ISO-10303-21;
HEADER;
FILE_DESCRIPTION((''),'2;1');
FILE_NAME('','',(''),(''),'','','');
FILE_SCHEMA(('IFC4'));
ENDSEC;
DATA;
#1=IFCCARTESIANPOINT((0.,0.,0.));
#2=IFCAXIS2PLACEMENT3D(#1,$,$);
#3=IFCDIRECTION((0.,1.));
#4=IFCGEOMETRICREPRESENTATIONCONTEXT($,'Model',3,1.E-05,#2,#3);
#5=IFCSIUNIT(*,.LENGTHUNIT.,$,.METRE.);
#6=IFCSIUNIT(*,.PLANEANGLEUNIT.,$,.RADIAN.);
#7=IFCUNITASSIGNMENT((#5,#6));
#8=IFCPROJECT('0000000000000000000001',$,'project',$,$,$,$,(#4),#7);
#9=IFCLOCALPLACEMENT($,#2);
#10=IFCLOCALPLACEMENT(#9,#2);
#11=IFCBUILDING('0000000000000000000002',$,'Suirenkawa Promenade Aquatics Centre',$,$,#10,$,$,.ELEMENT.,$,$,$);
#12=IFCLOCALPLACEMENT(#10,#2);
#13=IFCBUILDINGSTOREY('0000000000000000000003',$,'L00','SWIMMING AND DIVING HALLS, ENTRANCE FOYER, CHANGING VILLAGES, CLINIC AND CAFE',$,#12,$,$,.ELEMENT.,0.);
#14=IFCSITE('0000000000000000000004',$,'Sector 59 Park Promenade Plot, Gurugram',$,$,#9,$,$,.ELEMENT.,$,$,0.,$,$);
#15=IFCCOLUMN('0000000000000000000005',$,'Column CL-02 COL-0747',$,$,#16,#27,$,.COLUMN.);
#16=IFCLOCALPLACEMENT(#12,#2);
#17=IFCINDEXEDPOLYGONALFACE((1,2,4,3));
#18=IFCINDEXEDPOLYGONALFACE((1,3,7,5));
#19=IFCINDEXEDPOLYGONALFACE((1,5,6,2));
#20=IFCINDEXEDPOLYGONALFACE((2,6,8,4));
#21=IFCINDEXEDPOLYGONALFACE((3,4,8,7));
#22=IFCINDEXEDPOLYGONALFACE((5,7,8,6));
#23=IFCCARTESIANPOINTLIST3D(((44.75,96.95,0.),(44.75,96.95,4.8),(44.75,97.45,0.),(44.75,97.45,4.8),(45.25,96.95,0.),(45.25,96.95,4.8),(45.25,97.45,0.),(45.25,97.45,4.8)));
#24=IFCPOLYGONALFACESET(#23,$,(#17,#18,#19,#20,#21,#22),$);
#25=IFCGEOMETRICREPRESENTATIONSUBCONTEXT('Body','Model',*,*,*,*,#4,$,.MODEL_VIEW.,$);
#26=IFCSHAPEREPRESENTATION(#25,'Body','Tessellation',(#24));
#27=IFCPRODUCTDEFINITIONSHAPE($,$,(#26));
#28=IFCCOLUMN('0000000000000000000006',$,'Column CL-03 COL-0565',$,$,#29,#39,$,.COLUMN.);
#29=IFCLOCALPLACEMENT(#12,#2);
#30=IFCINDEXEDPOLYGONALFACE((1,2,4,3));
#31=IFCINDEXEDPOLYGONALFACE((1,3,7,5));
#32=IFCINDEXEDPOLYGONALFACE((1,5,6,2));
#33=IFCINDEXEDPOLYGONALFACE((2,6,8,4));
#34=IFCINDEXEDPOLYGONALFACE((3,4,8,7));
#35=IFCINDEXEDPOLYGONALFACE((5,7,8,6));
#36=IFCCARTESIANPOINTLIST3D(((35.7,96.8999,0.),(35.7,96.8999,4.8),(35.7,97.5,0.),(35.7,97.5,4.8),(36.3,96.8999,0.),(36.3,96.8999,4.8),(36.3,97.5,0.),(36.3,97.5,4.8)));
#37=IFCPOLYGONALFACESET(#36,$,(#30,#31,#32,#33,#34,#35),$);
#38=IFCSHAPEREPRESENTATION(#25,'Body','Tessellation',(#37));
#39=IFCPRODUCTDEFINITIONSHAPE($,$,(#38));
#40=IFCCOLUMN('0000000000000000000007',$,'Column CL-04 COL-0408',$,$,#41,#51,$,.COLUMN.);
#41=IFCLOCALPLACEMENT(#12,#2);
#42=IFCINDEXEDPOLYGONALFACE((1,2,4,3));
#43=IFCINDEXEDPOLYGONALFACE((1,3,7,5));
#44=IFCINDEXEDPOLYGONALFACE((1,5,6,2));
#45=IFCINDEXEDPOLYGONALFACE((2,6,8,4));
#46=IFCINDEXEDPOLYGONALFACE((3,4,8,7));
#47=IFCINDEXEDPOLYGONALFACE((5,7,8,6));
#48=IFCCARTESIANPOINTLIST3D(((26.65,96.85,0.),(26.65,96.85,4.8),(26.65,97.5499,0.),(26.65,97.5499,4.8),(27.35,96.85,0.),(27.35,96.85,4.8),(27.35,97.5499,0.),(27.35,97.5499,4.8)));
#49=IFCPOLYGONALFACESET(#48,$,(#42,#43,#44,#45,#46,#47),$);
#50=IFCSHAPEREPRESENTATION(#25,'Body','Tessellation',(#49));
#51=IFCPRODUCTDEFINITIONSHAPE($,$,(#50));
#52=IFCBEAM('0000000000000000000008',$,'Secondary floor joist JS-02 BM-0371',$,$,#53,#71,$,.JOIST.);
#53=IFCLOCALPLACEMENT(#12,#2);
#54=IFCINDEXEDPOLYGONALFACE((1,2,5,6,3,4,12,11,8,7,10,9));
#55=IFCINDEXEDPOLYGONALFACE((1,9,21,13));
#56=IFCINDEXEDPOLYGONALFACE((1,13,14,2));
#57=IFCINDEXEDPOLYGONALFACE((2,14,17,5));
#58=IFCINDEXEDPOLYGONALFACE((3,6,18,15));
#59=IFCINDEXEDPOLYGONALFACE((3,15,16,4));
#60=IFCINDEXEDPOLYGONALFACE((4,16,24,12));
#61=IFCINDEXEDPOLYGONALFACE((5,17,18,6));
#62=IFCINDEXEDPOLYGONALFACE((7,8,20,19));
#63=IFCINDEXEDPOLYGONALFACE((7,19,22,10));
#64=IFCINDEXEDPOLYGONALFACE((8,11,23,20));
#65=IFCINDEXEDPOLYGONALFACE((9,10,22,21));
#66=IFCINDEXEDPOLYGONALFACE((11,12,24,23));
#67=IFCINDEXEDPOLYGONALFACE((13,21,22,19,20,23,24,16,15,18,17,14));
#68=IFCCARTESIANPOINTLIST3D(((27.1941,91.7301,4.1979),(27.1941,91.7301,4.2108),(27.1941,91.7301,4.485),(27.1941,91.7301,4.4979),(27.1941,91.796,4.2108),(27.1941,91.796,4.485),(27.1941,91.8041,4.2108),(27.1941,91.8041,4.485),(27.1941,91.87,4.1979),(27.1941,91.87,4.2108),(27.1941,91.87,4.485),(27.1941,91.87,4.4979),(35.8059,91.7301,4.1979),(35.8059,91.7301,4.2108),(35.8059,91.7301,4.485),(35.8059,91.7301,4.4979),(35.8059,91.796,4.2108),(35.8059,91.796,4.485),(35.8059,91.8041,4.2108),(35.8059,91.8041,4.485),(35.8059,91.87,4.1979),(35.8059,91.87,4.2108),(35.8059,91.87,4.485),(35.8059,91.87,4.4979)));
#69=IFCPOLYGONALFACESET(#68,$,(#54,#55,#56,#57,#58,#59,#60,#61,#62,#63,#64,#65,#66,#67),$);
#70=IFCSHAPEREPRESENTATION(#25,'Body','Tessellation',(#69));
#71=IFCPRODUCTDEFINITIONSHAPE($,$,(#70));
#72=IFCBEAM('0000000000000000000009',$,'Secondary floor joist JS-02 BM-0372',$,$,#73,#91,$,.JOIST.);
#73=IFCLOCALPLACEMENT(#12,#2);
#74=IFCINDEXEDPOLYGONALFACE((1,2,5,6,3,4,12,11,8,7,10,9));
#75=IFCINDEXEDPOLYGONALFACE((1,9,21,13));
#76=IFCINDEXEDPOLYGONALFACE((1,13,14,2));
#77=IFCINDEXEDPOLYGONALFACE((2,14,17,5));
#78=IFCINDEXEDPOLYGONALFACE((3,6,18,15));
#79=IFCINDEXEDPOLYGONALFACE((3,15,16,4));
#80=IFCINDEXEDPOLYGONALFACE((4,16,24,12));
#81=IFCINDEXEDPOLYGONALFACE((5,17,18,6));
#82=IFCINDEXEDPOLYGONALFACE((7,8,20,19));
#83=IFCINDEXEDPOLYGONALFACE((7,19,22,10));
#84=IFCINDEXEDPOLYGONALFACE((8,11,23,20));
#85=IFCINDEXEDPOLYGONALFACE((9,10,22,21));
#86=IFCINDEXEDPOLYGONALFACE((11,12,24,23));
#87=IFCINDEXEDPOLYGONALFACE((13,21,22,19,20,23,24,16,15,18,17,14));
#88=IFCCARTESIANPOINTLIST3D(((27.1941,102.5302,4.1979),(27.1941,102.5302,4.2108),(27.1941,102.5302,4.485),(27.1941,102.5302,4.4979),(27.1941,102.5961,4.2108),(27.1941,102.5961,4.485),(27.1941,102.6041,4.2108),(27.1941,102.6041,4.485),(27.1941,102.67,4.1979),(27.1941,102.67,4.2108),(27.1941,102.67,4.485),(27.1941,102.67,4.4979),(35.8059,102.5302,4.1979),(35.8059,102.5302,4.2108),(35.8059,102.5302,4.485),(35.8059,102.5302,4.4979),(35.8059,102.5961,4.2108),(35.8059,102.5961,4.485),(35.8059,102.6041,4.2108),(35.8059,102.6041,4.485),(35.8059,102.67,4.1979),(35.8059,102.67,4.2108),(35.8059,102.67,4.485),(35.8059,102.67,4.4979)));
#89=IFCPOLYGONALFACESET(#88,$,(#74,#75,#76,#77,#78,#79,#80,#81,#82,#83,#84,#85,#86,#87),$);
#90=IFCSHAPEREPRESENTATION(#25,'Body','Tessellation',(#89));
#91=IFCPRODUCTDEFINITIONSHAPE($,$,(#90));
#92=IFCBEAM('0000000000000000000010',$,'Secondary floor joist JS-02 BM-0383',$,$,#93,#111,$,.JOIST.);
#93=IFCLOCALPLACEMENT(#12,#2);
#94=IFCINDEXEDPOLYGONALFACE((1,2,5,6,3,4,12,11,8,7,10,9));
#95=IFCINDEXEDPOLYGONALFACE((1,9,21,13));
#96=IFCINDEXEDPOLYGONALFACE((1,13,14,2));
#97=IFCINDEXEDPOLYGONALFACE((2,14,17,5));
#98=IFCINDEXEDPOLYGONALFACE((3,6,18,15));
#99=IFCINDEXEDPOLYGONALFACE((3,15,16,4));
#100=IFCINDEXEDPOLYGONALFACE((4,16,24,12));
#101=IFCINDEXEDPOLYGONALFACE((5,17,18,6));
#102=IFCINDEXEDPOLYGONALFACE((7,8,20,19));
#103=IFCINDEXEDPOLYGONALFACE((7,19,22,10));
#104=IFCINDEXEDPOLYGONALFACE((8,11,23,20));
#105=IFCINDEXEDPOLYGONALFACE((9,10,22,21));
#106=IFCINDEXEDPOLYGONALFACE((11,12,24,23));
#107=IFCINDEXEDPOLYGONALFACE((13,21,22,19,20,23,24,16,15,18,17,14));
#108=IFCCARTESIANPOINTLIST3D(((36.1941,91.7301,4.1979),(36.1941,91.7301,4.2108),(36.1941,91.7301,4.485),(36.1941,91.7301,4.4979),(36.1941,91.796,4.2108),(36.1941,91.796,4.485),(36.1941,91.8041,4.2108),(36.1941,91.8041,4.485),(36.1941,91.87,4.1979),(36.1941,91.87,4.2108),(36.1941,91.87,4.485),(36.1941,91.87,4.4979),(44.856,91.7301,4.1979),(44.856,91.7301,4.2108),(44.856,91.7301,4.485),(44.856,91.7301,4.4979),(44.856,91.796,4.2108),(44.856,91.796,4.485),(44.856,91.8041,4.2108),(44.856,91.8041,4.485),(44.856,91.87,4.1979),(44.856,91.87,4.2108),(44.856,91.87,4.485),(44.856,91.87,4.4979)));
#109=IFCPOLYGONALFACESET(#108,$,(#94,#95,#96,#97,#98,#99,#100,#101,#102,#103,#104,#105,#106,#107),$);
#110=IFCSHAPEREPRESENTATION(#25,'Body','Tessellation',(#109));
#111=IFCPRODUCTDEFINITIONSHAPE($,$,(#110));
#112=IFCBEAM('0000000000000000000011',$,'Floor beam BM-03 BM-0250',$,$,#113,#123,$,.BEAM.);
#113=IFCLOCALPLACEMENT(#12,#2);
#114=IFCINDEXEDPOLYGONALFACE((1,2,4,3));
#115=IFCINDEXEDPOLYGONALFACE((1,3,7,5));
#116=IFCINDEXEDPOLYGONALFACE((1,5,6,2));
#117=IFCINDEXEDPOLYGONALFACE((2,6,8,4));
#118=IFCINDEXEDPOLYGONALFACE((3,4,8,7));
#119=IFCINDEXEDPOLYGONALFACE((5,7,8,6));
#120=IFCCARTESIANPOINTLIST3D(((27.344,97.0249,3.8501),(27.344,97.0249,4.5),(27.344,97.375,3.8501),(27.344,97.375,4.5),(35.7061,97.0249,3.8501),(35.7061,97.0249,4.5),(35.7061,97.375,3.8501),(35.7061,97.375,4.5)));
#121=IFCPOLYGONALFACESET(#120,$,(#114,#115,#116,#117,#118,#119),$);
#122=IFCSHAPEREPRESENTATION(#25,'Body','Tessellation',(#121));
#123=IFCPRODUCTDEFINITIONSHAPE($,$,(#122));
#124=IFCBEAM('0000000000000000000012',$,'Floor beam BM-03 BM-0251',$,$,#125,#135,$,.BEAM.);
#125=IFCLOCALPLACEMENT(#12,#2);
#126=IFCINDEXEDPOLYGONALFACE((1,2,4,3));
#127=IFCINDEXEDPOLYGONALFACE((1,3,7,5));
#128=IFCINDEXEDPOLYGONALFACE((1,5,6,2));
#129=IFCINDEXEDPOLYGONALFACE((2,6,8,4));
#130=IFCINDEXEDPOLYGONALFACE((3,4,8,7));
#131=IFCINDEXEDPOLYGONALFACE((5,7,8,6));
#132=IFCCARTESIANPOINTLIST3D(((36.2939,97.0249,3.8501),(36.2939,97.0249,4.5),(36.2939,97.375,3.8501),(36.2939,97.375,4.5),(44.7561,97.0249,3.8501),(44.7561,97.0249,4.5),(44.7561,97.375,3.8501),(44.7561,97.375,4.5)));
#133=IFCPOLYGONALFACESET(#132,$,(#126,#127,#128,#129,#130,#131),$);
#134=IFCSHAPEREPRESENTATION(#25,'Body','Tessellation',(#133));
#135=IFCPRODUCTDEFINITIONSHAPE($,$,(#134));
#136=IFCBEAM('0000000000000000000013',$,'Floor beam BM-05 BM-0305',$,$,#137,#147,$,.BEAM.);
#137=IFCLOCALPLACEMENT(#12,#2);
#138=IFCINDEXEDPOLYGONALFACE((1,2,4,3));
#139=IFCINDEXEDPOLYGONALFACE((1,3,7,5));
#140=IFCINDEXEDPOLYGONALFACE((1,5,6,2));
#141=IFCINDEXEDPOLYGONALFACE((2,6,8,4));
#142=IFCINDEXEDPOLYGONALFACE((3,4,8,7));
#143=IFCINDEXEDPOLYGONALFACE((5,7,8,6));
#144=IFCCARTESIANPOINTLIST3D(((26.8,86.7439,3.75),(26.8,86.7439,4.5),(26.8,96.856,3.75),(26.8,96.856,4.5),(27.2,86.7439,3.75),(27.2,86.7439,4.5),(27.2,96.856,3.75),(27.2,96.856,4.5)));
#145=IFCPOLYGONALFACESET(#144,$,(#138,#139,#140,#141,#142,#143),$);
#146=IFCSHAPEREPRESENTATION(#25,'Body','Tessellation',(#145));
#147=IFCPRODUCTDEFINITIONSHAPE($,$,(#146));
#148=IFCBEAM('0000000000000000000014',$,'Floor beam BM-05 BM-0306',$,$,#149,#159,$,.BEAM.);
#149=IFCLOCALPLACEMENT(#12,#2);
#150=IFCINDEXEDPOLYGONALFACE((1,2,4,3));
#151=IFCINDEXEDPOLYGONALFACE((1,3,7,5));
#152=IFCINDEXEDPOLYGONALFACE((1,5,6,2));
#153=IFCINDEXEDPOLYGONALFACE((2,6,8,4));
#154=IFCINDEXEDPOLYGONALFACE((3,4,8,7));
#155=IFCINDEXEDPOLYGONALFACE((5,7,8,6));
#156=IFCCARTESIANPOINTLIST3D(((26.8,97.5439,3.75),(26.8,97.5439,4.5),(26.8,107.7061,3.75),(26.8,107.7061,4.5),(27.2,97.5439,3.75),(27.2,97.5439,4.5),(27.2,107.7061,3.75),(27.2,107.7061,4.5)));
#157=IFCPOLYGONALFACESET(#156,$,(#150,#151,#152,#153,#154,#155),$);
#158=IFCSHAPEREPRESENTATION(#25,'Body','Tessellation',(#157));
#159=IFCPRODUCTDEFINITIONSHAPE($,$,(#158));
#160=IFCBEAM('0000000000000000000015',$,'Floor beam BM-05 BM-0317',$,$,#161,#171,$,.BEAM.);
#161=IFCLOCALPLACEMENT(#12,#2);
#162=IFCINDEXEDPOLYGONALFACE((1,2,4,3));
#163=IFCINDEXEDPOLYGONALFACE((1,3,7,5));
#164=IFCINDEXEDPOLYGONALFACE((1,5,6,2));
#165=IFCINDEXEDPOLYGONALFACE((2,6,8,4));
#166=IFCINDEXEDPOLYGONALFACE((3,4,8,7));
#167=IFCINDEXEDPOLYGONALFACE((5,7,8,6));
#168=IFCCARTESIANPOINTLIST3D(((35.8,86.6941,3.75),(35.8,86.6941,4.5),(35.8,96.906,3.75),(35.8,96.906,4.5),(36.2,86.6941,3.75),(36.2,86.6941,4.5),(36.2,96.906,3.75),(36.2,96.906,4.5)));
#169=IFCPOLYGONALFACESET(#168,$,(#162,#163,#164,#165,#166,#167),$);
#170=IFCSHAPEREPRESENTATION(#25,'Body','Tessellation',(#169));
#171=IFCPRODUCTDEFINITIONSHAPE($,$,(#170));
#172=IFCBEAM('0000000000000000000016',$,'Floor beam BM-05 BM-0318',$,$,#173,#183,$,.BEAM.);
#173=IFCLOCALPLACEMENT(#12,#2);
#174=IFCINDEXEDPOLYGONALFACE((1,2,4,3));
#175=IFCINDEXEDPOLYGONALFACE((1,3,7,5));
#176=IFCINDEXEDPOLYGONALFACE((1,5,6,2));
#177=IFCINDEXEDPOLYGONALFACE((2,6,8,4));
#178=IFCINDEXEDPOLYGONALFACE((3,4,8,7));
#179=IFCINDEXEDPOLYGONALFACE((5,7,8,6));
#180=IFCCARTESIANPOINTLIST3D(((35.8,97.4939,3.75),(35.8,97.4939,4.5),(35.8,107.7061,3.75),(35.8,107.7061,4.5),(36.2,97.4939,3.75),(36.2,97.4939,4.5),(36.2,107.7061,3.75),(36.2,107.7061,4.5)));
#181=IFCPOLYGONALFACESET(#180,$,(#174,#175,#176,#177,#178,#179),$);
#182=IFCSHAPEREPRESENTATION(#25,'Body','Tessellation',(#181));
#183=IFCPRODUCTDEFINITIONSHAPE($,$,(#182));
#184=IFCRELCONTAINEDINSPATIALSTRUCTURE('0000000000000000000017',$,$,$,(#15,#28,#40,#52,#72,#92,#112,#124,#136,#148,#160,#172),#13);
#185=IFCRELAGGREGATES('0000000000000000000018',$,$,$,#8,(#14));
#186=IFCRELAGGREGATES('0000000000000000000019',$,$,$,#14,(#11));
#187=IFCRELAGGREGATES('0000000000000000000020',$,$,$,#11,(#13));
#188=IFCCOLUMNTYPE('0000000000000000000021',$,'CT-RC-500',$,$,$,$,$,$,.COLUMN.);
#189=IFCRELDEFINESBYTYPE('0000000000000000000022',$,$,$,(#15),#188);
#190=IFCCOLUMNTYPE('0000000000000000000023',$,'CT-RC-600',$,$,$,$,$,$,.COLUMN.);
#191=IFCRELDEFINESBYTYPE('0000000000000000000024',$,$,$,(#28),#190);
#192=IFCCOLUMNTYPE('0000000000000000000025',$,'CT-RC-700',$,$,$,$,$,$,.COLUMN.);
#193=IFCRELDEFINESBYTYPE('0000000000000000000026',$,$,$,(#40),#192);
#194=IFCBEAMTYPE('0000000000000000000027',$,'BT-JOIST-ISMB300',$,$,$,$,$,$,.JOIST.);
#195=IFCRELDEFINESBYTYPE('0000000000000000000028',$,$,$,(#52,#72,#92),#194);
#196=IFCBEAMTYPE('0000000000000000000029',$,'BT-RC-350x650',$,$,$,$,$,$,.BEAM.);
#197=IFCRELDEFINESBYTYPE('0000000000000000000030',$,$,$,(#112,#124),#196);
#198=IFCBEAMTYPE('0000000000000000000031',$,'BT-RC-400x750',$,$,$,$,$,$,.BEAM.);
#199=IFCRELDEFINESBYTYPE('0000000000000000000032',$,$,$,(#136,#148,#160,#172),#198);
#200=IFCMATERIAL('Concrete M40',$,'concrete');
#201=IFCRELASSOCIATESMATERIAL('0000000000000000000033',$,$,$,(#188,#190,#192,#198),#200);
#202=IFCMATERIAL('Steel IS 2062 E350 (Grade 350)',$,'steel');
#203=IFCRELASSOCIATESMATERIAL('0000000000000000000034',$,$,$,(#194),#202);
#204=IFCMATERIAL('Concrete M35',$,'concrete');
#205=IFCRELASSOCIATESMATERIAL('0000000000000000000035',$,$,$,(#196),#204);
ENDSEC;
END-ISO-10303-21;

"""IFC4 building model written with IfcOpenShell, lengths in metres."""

from ifc_helpers import new_model, si_unit, direction, frame, origin, origin_2d, place, context, subcontext, project, spatial, rectangle, i_section, extrude, material, material_profile, profile_set, type_object, element, save


model = new_model("IFC4")

# Units and contexts
model_context = context("Model", 3, precision=1e-05, world=origin(), true_north=direction((0.0, 1.0)))
body_context = subcontext(model_context, "Body", "Model", "MODEL_VIEW")
ifc_project = project(units=[si_unit("LENGTHUNIT", "METRE"), si_unit("PLANEANGLEUNIT", "RADIAN")], contexts=[model_context])

# Site, building, storey
site_placement = place(None, origin())
site = spatial("IfcSite", under=ifc_project, at=site_placement, Name="Sector 59 Park Promenade Plot, Gurugram", CompositionType="ELEMENT", RefElevation=0.0)
building_placement = place(site_placement, origin())
building = spatial("IfcBuilding", under=site, at=building_placement, Name="Suirenkawa Promenade Aquatics Centre", CompositionType="ELEMENT")
storey_placement = place(building_placement, origin())
storey = spatial("IfcBuildingStorey", under=building, at=storey_placement, Name="L00", Description="SWIMMING AND DIVING HALLS, ENTRANCE FOYER, CHANGING VILLAGES, CLINIC AND CAFE", CompositionType="ELEMENT", Elevation=0.0)

# Columns
ifc_material_1 = material(Name="Concrete M40", Category="concrete")
ifc_material_profile_1 = material_profile(ifc_material_1, rectangle(XDim=0.5, YDim=0.5, at=origin_2d()), Name="RC COL 500x500", Category="concrete")
ifc_profile_set_1 = profile_set([ifc_material_profile_1], Name="Concrete M40")
column_type_1 = type_object("IfcColumnType", Name="CT-RC-500", PredefinedType="COLUMN", material=ifc_profile_set_1)
column_1_placement = place(storey_placement, frame((45.0, 97.2, 0.0), z_axis=(0.0, 0.0, 1.0), x_axis=(1.0, 0.0, 0.0)))
element("IfcColumn", 1, at=column_1_placement, inside=storey, type_object=column_type_1, Name="Column CL-02 COL-0747", PredefinedType="COLUMN", context=body_context, shape_type="SweptSolid", body=[
    extrude(rectangle(XDim=0.5, YDim=0.5, at=origin_2d()), origin(), (0.0, 0.0, 1.0), 4.8),
])
ifc_material_profile_2 = material_profile(ifc_material_1, rectangle(XDim=0.6001, YDim=0.6001, at=origin_2d()), Name="RC COL 600x600", Category="concrete")
ifc_profile_set_2 = profile_set([ifc_material_profile_2], Name="Concrete M40")
column_type_2 = type_object("IfcColumnType", Name="CT-RC-600", PredefinedType="COLUMN", material=ifc_profile_set_2)
column_2_placement = place(storey_placement, frame((36.0, 97.2, 0.0), z_axis=(0.0, 0.0, 1.0), x_axis=(1.0, 0.0, 0.0)))
element("IfcColumn", 2, at=column_2_placement, inside=storey, type_object=column_type_2, Name="Column CL-03 COL-0565", PredefinedType="COLUMN", context=body_context, shape_type="SweptSolid", body=[
    extrude(rectangle(XDim=0.6001, YDim=0.6001, at=origin_2d()), origin(), (0.0, 0.0, 1.0), 4.8),
])
ifc_material_profile_3 = material_profile(ifc_material_1, rectangle(XDim=0.7, YDim=0.7, at=origin_2d()), Name="RC COL 700x700", Category="concrete")
ifc_profile_set_3 = profile_set([ifc_material_profile_3], Name="Concrete M40")
column_type_3 = type_object("IfcColumnType", Name="CT-RC-700", PredefinedType="COLUMN", material=ifc_profile_set_3)
column_3_placement = place(storey_placement, frame((27.0, 97.2, 0.0), z_axis=(0.0, 0.0, 1.0), x_axis=(1.0, 0.0, 0.0)))
element("IfcColumn", 3, at=column_3_placement, inside=storey, type_object=column_type_3, Name="Column CL-04 COL-0408", PredefinedType="COLUMN", context=body_context, shape_type="SweptSolid", body=[
    extrude(rectangle(XDim=0.7, YDim=0.7, at=origin_2d()), origin(), (0.0, 0.0, 1.0), 4.8),
])

# Beams
ifc_material_2 = material(Name="Steel IS 2062 E350 (Grade 350)", Category="steel")
ifc_material_profile_4 = material_profile(ifc_material_2, i_section(OverallWidth=0.1399, OverallDepth=0.3, WebThickness=0.0081, FlangeThickness=0.0129, at=origin_2d()), Name="ISMB 300", Category="steel")
ifc_profile_set_4 = profile_set([ifc_material_profile_4], Name="Steel IS 2062 E350 (Grade 350)")
beam_type_1 = type_object("IfcBeamType", Name="BT-JOIST-ISMB300", PredefinedType="JOIST", material=ifc_profile_set_4)
for number, where, z_axis, x_axis, name in (
    (4, (27.1941, 91.8, 4.3479), (1.0, 0.0, 0.0), (0.0, 1.0, 0.0), "Secondary floor joist JS-02 BM-0371"),
    (5, (27.1941, 102.6001, 4.3479), (1.0, 0.0, 0.0), (0.0, 1.0, 0.0), "Secondary floor joist JS-02 BM-0372"),
):
    element("IfcBeam", number, at=place(storey_placement, frame(where, z_axis=z_axis, x_axis=x_axis)), inside=storey, type_object=beam_type_1, Name=name, PredefinedType="JOIST", context=body_context, shape_type="SweptSolid", body=[
        extrude(i_section(OverallWidth=0.1399, OverallDepth=0.3, WebThickness=0.0081, FlangeThickness=0.0129, at=origin_2d()), origin(), (0.0, 0.0, 1.0), 8.6118),
    ])
beam_1_placement = place(storey_placement, frame((36.1941, 91.8, 4.3479), z_axis=(1.0, 0.0, 0.0), x_axis=(0.0, 1.0, 0.0)))
element("IfcBeam", 6, at=beam_1_placement, inside=storey, type_object=beam_type_1, Name="Secondary floor joist JS-02 BM-0383", PredefinedType="JOIST", context=body_context, shape_type="SweptSolid", body=[
    extrude(i_section(OverallWidth=0.1399, OverallDepth=0.3, WebThickness=0.0081, FlangeThickness=0.0129, at=origin_2d()), origin(), (0.0, 0.0, 1.0), 8.6619),
])
ifc_material_3 = material(Name="Concrete M35", Category="concrete")
ifc_material_profile_5 = material_profile(ifc_material_3, rectangle(XDim=0.3501, YDim=0.6499, at=origin_2d()), Name="RC BM 350x650", Category="concrete")
ifc_profile_set_5 = profile_set([ifc_material_profile_5], Name="Concrete M35")
beam_type_2 = type_object("IfcBeamType", Name="BT-RC-350x650", PredefinedType="BEAM", material=ifc_profile_set_5)
beam_2_placement = place(storey_placement, frame((27.344, 97.2, 4.175), z_axis=(1.0, 0.0, 0.0), x_axis=(0.0, 1.0, 0.0)))
element("IfcBeam", 7, at=beam_2_placement, inside=storey, type_object=beam_type_2, Name="Floor beam BM-03 BM-0250", PredefinedType="BEAM", context=body_context, shape_type="SweptSolid", body=[
    extrude(rectangle(XDim=0.3501, YDim=0.6499, at=origin_2d()), origin(), (0.0, 0.0, 1.0), 8.3621),
])
beam_3_placement = place(storey_placement, frame((36.2939, 97.2, 4.175), z_axis=(1.0, 0.0, 0.0), x_axis=(0.0, 1.0, 0.0)))
element("IfcBeam", 8, at=beam_3_placement, inside=storey, type_object=beam_type_2, Name="Floor beam BM-03 BM-0251", PredefinedType="BEAM", context=body_context, shape_type="SweptSolid", body=[
    extrude(rectangle(XDim=0.3501, YDim=0.6499, at=origin_2d()), origin(), (0.0, 0.0, 1.0), 8.4622),
])
ifc_material_profile_6 = material_profile(ifc_material_1, rectangle(XDim=0.3999, YDim=0.75, at=origin_2d()), Name="RC BM 400x750", Category="concrete")
ifc_profile_set_6 = profile_set([ifc_material_profile_6], Name="Concrete M40")
beam_type_3 = type_object("IfcBeamType", Name="BT-RC-400x750", PredefinedType="BEAM", material=ifc_profile_set_6)
beam_4_placement = place(storey_placement, frame((27.0, 86.7439, 4.125), z_axis=(0.0, 1.0, 0.0), x_axis=(-1.0, 0.0, 0.0)))
element("IfcBeam", 9, at=beam_4_placement, inside=storey, type_object=beam_type_3, Name="Floor beam BM-05 BM-0305", PredefinedType="BEAM", context=body_context, shape_type="SweptSolid", body=[
    extrude(rectangle(XDim=0.3999, YDim=0.75, at=origin_2d()), origin(), (0.0, 0.0, 1.0), 10.1121),
])
beam_5_placement = place(storey_placement, frame((27.0, 97.5439, 4.125), z_axis=(0.0, 1.0, 0.0), x_axis=(-1.0, 0.0, 0.0)))
element("IfcBeam", 10, at=beam_5_placement, inside=storey, type_object=beam_type_3, Name="Floor beam BM-05 BM-0306", PredefinedType="BEAM", context=body_context, shape_type="SweptSolid", body=[
    extrude(rectangle(XDim=0.3999, YDim=0.75, at=origin_2d()), origin(), (0.0, 0.0, 1.0), 10.1621),
])
beam_6_placement = place(storey_placement, frame((36.0, 86.6941, 4.125), z_axis=(0.0, 1.0, 0.0), x_axis=(-1.0, 0.0, 0.0)))
element("IfcBeam", 11, at=beam_6_placement, inside=storey, type_object=beam_type_3, Name="Floor beam BM-05 BM-0317", PredefinedType="BEAM", context=body_context, shape_type="SweptSolid", body=[
    extrude(rectangle(XDim=0.3999, YDim=0.75, at=origin_2d()), origin(), (0.0, 0.0, 1.0), 10.2119),
])
beam_7_placement = place(storey_placement, frame((36.0, 97.4939, 4.125), z_axis=(0.0, 1.0, 0.0), x_axis=(-1.0, 0.0, 0.0)))
element("IfcBeam", 12, at=beam_7_placement, inside=storey, type_object=beam_type_3, Name="Floor beam BM-05 BM-0318", PredefinedType="BEAM", context=body_context, shape_type="SweptSolid", body=[
    extrude(rectangle(XDim=0.3999, YDim=0.75, at=origin_2d()), origin(), (0.0, 0.0, 1.0), 10.2122),
])

save(model, "model.ifc")
